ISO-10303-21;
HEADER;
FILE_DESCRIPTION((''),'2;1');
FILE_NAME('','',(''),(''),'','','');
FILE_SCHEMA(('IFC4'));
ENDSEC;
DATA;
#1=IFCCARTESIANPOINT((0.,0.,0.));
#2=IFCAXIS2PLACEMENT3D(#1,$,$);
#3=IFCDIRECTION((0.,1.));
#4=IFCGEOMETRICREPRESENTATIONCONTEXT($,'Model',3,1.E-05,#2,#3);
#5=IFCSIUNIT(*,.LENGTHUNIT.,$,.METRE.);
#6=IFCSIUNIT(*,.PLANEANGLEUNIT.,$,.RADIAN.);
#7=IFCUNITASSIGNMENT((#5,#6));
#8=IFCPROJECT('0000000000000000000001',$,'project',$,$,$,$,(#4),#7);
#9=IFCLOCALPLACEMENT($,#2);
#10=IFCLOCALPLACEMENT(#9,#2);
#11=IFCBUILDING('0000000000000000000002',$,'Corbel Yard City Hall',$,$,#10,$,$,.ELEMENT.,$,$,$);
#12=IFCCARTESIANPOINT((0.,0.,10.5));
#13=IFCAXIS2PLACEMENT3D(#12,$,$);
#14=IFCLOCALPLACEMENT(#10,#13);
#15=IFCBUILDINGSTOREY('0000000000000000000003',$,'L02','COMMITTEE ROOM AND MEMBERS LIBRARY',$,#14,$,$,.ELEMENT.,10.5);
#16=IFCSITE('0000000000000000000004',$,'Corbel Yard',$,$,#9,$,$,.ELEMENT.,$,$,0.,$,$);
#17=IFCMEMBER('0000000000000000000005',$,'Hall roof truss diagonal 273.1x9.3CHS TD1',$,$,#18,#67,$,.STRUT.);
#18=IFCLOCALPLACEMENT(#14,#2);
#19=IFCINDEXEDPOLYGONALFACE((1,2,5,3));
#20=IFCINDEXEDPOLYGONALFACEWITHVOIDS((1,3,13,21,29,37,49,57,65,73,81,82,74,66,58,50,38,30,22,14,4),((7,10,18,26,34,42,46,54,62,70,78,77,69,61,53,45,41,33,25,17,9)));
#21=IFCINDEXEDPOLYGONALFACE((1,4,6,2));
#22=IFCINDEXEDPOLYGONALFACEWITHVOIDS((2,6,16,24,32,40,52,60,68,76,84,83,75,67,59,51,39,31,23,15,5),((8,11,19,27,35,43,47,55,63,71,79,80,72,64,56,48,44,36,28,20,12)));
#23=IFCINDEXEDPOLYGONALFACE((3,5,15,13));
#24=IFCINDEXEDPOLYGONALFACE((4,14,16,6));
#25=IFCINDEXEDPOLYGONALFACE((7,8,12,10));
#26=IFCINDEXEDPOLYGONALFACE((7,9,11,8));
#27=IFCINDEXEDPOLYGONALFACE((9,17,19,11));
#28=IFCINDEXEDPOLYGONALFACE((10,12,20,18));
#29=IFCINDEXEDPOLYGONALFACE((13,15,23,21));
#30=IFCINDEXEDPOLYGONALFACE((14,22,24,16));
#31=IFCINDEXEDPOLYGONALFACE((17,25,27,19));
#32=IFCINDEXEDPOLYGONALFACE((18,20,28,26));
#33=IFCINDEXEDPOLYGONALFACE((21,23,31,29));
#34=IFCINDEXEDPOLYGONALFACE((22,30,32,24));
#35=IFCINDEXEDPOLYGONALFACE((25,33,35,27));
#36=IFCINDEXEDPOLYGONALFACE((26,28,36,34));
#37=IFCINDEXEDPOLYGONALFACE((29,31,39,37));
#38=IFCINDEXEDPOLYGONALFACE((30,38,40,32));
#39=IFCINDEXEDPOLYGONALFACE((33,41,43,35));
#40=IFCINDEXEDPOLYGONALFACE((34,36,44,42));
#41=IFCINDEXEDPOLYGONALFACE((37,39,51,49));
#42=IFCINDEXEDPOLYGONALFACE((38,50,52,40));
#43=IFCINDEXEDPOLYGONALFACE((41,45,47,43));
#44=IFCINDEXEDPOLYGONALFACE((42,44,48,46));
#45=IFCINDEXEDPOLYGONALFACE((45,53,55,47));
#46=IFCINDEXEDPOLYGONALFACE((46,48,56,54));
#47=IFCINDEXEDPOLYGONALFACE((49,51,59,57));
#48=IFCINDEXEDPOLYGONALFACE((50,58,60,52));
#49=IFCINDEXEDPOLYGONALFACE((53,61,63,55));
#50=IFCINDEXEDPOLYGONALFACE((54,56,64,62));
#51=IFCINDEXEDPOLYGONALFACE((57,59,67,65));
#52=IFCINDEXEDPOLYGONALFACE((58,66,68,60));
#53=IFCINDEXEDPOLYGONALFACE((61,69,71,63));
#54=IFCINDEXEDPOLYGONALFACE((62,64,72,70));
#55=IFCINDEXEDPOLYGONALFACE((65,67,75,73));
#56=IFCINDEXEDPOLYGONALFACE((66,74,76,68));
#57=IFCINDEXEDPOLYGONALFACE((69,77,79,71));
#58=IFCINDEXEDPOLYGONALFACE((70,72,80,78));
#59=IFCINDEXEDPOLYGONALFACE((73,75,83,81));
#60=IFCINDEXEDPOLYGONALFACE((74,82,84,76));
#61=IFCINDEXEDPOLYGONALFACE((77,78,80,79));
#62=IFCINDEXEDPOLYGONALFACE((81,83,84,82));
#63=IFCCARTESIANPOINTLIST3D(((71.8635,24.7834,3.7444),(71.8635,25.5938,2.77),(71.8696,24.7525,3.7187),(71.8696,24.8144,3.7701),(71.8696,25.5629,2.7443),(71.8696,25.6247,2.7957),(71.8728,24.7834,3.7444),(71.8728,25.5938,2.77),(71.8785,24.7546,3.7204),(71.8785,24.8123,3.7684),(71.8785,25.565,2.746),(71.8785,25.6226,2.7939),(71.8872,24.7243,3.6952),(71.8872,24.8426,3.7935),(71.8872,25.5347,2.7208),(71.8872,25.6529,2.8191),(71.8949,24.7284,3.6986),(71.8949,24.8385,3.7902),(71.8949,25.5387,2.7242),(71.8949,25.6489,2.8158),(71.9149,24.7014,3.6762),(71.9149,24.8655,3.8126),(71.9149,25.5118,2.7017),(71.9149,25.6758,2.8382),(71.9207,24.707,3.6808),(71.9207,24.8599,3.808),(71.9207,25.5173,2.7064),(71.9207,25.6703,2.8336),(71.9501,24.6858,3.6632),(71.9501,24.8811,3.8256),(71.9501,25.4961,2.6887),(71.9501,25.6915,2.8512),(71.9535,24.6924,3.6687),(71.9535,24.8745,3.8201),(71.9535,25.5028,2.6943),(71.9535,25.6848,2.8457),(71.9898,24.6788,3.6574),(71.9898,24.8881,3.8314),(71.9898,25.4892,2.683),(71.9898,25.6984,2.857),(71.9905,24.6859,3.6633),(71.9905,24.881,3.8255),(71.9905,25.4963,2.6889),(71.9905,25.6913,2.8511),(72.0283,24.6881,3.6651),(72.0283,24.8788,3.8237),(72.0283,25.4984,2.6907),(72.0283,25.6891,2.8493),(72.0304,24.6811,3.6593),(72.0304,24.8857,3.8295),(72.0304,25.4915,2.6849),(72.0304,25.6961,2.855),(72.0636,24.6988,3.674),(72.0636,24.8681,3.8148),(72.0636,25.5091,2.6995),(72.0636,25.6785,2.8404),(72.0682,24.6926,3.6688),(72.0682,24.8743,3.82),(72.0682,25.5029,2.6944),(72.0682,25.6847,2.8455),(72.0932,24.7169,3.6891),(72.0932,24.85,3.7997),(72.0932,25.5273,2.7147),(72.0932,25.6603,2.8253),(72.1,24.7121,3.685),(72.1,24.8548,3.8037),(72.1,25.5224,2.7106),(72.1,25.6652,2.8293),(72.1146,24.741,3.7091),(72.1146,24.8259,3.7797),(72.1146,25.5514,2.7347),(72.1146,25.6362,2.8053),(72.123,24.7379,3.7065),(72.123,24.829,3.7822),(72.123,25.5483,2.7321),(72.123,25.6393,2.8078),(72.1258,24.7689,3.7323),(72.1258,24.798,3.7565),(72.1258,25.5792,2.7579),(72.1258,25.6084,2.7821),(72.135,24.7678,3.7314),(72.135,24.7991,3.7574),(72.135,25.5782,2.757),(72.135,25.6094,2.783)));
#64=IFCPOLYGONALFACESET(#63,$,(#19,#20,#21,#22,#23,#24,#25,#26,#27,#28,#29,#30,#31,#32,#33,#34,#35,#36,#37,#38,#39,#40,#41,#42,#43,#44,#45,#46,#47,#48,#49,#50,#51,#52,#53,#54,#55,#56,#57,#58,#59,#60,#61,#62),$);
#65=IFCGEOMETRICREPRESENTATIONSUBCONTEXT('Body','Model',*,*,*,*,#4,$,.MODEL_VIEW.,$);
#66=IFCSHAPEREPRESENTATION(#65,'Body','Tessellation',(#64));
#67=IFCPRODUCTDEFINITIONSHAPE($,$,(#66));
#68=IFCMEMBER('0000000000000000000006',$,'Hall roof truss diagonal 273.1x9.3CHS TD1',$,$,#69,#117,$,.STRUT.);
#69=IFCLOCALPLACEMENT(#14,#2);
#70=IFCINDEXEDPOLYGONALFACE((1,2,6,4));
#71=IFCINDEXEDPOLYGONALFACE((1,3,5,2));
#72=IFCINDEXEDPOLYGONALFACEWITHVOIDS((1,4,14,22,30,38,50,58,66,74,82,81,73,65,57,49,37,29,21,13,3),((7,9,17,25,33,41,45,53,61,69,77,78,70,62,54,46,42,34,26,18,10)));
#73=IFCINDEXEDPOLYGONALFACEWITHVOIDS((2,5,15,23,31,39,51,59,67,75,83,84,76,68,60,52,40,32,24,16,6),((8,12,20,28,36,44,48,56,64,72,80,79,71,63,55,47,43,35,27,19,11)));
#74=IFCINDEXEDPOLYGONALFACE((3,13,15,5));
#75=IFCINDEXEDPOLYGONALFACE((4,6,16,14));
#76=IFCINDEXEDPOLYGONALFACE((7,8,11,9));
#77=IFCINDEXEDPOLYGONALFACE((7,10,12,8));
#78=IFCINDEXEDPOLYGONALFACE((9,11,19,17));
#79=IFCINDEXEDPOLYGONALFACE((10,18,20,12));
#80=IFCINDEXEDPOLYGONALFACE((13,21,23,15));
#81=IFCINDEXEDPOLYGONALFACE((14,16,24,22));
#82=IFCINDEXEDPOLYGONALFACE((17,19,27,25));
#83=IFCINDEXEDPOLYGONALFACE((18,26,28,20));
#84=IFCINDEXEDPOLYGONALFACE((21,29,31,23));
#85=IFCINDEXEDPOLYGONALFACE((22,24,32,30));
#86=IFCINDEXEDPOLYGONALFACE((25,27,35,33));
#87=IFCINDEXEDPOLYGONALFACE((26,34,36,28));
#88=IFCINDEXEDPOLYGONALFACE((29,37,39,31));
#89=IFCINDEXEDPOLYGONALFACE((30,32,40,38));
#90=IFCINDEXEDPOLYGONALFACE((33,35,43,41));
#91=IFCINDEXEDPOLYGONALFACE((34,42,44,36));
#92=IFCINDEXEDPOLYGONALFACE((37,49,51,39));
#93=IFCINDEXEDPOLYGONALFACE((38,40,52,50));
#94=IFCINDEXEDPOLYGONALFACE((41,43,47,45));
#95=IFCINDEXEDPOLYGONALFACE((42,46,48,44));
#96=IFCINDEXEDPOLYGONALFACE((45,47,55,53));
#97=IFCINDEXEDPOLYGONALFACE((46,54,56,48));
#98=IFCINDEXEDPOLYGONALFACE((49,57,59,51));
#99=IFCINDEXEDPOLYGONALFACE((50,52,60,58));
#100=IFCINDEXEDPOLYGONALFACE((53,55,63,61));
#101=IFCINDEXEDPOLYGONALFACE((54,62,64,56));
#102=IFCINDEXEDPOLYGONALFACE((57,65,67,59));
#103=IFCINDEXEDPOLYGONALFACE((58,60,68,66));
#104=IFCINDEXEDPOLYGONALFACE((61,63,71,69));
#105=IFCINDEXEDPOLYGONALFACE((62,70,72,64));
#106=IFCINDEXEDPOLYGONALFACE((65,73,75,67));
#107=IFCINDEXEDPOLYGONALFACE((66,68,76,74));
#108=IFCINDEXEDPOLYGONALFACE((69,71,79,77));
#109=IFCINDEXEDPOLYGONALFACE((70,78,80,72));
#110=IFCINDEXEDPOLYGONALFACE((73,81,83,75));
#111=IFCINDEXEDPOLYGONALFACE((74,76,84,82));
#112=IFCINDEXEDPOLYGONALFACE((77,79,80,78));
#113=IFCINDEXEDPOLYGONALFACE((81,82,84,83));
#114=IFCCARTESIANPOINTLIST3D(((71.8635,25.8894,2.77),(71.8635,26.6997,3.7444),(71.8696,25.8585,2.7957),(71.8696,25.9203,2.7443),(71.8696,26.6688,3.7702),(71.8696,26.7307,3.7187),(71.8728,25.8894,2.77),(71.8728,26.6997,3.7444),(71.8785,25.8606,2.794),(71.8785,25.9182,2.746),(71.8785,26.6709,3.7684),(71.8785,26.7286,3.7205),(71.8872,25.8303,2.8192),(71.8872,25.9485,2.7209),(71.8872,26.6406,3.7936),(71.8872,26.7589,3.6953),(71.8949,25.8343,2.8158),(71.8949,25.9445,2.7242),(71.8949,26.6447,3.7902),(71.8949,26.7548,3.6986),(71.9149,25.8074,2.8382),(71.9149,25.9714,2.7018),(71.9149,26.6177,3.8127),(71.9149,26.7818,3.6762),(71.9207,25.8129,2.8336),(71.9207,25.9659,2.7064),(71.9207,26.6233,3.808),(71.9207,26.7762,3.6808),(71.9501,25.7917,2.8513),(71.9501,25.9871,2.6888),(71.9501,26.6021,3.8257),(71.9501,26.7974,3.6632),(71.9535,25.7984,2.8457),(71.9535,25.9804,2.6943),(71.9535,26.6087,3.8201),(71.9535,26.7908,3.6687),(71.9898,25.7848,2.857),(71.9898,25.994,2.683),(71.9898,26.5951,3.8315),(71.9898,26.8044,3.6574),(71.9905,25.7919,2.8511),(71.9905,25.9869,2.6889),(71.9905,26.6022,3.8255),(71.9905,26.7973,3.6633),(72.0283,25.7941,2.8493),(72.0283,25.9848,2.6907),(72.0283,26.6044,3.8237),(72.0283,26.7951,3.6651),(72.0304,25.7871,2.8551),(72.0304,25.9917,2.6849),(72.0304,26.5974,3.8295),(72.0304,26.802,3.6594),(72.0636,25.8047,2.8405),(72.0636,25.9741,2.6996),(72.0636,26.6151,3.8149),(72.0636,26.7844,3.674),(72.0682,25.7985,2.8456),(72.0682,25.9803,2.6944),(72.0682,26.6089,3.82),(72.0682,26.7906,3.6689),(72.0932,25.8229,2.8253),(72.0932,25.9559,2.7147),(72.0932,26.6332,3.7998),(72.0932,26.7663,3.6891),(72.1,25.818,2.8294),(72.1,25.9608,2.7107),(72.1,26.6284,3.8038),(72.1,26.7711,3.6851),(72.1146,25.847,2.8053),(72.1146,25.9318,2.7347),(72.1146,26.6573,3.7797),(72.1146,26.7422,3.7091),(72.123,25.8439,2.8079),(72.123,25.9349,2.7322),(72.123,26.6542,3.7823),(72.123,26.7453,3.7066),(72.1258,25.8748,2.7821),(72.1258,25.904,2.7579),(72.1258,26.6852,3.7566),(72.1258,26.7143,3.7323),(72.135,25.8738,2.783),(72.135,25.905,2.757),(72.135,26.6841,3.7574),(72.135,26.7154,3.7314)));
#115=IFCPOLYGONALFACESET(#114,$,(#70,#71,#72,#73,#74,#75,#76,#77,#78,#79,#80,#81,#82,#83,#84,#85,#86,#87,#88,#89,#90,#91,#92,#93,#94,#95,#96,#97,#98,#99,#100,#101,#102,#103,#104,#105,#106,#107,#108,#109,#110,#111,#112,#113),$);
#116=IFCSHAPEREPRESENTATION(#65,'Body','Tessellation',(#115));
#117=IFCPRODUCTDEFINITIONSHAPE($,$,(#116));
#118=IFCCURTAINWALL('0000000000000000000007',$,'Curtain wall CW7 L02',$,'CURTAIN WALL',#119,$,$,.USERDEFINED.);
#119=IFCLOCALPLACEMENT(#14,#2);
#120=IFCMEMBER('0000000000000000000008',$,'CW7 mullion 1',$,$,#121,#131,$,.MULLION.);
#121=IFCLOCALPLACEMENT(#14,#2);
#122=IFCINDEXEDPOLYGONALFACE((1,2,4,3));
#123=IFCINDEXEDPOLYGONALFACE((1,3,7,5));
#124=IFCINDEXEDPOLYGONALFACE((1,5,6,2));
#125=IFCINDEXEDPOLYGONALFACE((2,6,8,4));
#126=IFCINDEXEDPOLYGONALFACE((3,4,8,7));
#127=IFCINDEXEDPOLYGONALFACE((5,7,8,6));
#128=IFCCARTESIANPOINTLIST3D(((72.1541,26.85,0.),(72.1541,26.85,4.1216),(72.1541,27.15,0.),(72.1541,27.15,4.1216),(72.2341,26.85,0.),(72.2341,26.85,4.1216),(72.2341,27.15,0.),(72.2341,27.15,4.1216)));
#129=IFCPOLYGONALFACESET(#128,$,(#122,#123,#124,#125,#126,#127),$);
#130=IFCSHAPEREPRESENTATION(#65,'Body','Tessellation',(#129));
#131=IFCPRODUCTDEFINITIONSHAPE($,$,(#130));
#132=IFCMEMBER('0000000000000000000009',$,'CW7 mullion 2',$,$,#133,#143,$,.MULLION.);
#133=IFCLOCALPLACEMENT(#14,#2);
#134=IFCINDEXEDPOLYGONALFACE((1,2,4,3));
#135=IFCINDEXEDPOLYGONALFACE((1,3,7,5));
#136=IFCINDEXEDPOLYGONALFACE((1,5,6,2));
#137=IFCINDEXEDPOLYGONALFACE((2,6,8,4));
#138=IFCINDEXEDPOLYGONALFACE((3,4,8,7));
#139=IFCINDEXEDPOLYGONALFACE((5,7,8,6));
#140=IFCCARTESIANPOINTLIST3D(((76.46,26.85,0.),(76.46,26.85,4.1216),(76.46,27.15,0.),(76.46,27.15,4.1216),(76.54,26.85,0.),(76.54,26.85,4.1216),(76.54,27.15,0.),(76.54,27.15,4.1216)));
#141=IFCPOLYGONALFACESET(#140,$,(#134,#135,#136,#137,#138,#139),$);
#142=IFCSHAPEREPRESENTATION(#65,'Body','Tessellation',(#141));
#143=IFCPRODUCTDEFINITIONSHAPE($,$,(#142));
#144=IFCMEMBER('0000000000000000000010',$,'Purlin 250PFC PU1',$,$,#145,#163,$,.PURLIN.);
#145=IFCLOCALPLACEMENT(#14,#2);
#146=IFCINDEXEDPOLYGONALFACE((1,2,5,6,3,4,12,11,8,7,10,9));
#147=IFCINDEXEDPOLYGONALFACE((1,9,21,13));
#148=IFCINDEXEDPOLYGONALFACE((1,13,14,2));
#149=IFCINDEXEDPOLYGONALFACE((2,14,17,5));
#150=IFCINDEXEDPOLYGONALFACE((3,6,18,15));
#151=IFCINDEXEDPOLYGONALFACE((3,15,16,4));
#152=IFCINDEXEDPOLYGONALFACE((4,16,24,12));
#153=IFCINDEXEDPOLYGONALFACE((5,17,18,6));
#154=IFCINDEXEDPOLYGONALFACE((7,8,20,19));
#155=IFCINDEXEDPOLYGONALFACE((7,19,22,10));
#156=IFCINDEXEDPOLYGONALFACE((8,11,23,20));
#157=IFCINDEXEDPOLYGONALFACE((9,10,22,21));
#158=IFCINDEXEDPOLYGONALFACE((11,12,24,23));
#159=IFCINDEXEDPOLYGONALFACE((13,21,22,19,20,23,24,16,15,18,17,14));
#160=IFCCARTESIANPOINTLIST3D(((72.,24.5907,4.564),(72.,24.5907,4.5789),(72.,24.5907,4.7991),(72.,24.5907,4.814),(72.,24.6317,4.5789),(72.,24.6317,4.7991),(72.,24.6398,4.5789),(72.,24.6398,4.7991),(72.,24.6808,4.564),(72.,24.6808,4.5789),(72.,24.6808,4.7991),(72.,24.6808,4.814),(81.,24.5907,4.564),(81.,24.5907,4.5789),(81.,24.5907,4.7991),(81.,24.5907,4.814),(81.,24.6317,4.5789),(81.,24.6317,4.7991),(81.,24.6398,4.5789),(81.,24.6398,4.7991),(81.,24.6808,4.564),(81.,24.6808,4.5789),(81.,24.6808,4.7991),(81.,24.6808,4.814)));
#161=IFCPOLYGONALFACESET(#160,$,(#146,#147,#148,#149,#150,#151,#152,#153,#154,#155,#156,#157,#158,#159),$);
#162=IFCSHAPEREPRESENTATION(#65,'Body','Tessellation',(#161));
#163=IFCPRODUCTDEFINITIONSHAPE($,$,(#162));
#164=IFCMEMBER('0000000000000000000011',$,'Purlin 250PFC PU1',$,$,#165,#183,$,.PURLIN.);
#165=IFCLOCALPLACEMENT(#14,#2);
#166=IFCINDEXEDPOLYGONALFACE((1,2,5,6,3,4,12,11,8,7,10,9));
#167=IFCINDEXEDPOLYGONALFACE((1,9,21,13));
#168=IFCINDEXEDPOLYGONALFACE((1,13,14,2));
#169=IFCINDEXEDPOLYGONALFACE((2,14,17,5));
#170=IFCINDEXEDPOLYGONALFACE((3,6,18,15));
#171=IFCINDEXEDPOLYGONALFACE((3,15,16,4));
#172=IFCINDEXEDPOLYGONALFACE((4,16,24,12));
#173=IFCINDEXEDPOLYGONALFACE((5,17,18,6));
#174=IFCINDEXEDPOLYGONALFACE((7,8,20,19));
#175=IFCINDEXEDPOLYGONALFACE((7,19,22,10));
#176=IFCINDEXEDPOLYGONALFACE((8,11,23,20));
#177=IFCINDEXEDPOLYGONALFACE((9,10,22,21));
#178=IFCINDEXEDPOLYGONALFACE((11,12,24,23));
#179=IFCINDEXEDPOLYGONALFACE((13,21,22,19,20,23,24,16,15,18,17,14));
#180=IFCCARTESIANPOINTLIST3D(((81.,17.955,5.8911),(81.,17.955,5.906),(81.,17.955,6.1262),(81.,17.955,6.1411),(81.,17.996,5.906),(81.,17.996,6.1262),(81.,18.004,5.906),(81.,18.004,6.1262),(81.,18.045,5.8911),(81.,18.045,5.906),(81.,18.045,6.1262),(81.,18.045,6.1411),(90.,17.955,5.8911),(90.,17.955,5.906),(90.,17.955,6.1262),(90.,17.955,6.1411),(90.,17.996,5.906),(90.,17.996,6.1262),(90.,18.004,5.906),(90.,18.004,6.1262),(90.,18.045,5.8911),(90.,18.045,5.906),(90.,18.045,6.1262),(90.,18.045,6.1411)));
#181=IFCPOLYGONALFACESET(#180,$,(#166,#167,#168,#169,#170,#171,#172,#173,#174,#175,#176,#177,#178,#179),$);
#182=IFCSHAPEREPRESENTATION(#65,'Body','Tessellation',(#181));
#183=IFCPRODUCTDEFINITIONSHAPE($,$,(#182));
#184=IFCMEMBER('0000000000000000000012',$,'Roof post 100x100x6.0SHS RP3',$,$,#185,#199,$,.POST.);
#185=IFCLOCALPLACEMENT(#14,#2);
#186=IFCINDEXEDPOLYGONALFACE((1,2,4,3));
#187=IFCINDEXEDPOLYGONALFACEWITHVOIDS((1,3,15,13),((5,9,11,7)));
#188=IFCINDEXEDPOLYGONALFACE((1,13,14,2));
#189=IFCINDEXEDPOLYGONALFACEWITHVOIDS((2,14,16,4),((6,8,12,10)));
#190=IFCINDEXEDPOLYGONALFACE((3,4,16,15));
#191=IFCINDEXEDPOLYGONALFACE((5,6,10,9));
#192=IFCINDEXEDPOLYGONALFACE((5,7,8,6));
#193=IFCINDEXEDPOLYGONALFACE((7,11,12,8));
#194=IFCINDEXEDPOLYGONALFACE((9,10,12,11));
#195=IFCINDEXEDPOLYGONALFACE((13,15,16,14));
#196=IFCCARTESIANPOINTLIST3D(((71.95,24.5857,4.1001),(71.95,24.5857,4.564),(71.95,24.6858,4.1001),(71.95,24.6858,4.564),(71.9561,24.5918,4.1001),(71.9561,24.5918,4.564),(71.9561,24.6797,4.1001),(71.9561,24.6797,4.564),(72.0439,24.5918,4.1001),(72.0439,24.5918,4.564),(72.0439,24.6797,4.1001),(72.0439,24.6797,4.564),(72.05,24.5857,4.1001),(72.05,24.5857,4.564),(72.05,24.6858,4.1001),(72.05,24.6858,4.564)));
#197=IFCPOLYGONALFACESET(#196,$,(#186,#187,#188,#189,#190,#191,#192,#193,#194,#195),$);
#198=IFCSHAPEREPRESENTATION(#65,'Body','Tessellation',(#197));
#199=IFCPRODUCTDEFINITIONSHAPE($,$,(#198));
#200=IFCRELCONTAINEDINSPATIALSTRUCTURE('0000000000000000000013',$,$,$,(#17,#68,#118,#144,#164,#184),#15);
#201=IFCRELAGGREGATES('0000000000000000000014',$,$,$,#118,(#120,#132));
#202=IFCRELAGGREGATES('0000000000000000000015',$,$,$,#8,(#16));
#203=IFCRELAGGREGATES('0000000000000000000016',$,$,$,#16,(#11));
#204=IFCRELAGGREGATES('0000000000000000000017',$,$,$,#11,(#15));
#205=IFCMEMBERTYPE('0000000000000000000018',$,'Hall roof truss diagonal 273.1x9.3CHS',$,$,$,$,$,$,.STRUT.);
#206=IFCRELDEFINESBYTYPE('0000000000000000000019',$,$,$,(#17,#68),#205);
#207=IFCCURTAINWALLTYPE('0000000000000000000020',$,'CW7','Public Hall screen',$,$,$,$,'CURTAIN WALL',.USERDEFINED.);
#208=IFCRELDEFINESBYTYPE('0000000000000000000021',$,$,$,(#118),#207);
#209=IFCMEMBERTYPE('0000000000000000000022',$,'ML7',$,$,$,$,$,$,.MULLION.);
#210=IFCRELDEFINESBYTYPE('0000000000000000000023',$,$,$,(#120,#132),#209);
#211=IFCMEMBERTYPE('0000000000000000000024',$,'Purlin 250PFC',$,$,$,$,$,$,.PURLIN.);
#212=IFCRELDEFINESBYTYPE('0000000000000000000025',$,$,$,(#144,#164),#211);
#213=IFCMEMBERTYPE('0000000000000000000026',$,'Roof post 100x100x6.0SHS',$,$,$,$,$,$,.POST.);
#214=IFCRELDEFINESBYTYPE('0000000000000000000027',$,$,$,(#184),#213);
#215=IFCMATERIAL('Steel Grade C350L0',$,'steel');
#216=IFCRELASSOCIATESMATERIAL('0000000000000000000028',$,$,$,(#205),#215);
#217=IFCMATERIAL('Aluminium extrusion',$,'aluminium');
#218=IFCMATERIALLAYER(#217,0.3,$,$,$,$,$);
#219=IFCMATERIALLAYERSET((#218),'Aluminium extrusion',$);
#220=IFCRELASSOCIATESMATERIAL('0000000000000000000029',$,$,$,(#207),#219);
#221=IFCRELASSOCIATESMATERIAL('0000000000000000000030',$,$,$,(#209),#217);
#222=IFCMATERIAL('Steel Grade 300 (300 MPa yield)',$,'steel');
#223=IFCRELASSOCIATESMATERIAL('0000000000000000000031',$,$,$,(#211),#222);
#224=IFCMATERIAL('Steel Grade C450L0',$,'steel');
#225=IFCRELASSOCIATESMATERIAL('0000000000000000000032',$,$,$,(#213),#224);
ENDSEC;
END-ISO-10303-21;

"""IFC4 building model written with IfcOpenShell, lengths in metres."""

from ifc_helpers import new_model, si_unit, direction, frame, origin, origin_2d, place, context, subcontext, project, spatial, rectangle, hollow_rectangle, hollow_circle, i_section, extrude, material, layer, layer_set, material_profile, profile_set, type_object, element, aggregate, save


model = new_model("IFC4")

# Units and contexts
model_context = context("Model", 3, precision=1e-05, world=origin(), true_north=direction((0.0, 1.0)))
body_context = subcontext(model_context, "Body", "Model", "MODEL_VIEW")
ifc_project = project(units=[si_unit("LENGTHUNIT", "METRE"), si_unit("PLANEANGLEUNIT", "RADIAN")], contexts=[model_context])

# Site, building, storey
site_placement = place(None, origin())
site = spatial("IfcSite", under=ifc_project, at=site_placement, Name="Corbel Yard", CompositionType="ELEMENT", RefElevation=0.0)
building_placement = place(site_placement, origin())
building = spatial("IfcBuilding", under=site, at=building_placement, Name="Corbel Yard City Hall", CompositionType="ELEMENT")
storey_placement = place(building_placement, frame((0.0, 0.0, 10.5)))
storey = spatial("IfcBuildingStorey", under=building, at=storey_placement, Name="L02", Description="COMMITTEE ROOM AND MEMBERS LIBRARY", CompositionType="ELEMENT", Elevation=10.5)

# Shared definitions
ifc_material_1 = material(Name="Steel Grade 300 (300 MPa yield)", Category="steel")

# Members
ifc_material_2 = material(Name="Steel Grade C350L0", Category="steel")
ifc_material_profile_1 = material_profile(ifc_material_2, hollow_circle(Radius=0.1365, WallThickness=0.0093, at=origin_2d()), Name="273.1x9.3CHS")
ifc_profile_set_1 = profile_set([ifc_material_profile_1], Name="Steel Grade C350L0")
member_type_1 = type_object("IfcMemberType", Name="Hall roof truss diagonal 273.1x9.3CHS", PredefinedType="STRUT", material=ifc_profile_set_1)
for number, where, z_axis, x_axis, name in (
    (1, (72.0, 24.7834, 3.7444), (0.0, 0.639407, -0.768868), (-1.0, 0.0, 0.0), "Hall roof truss diagonal 273.1x9.3CHS TD1"),
    (2, (72.0, 25.8894, 2.77), (0.0, 0.639407, 0.768868), (-1.0, 0.0, 0.0), "Hall roof truss diagonal 273.1x9.3CHS TD1"),
):
    element("IfcMember", number, at=place(storey_placement, frame(where, z_axis=z_axis, x_axis=x_axis)), inside=storey, type_object=member_type_1, Name=name, PredefinedType="STRUT", context=body_context, shape_type="SweptSolid", body=[
        extrude(hollow_circle(Radius=0.1365, WallThickness=0.0093, at=origin_2d()), origin(), (0.0, 0.0, 1.0), 1.2673),
    ])

# Curtain wall, members
ifc_material_3 = material(Name="Aluminium extrusion", Category="aluminium")
ifc_layer_1 = layer(ifc_material_3, 0.3)
ifc_layer_set_1 = layer_set([ifc_layer_1], Name="Aluminium extrusion")
curtain_wall_type = type_object("IfcCurtainWallType", Name="CW7", Description="Public Hall screen", ElementType="CURTAIN WALL", PredefinedType="USERDEFINED", material=ifc_layer_set_1)
curtain_wall_placement = place(storey_placement, origin())
curtain_wall = element("IfcCurtainWall", 3, at=curtain_wall_placement, inside=storey, type_object=curtain_wall_type, Name="Curtain wall CW7 L02", ObjectType="CURTAIN WALL", PredefinedType="USERDEFINED")
ifc_material_profile_2 = material_profile(ifc_material_3, rectangle(XDim=0.3, YDim=0.0801, at=origin_2d()), Name="300x80")
ifc_profile_set_2 = profile_set([ifc_material_profile_2], Name="Aluminium extrusion")
member_type_2 = type_object("IfcMemberType", Name="ML7", PredefinedType="MULLION", material=ifc_profile_set_2)
member_1_placement = place(storey_placement, frame((72.1941, 27.0, 0.0), z_axis=(0.0, 0.0, 1.0), x_axis=(0.0, 1.0, 0.0)))
member_1 = element("IfcMember", 4, at=member_1_placement, type_object=member_type_2, Name="CW7 mullion 1", PredefinedType="MULLION", context=body_context, shape_type="SweptSolid", body=[
    extrude(rectangle(XDim=0.3, YDim=0.0801, at=origin_2d()), origin(), (0.0, 0.0, 1.0), 4.1216),
])
member_2_placement = place(storey_placement, frame((76.5, 27.0, 0.0), z_axis=(0.0, 0.0, 1.0), x_axis=(0.0, 1.0, 0.0)))
member_2 = element("IfcMember", 5, at=member_2_placement, type_object=member_type_2, Name="CW7 mullion 2", PredefinedType="MULLION", context=body_context, shape_type="SweptSolid", body=[
    extrude(rectangle(XDim=0.3, YDim=0.0801, at=origin_2d()), origin(), (0.0, 0.0, 1.0), 4.1216),
])

# Members
ifc_material_profile_3 = material_profile(ifc_material_1, i_section(OverallWidth=0.0901, OverallDepth=0.25, WebThickness=0.0081, FlangeThickness=0.0149, at=origin_2d()), Name="250PFC")
ifc_profile_set_3 = profile_set([ifc_material_profile_3], Name="Steel Grade 300 (300 MPa yield)")
member_type_3 = type_object("IfcMemberType", Name="Purlin 250PFC", PredefinedType="PURLIN", material=ifc_profile_set_3)
for number, where, z_axis, x_axis, name in (
    (6, (72.0, 24.6357, 4.689), (1.0, 0.0, 0.0), (0.0, 1.0, 0.0), "Purlin 250PFC PU1"),
    (7, (81.0, 18.0, 6.0161), (1.0, 0.0, 0.0), (0.0, 1.0, 0.0), "Purlin 250PFC PU1"),
):
    element("IfcMember", number, at=place(storey_placement, frame(where, z_axis=z_axis, x_axis=x_axis)), inside=storey, type_object=member_type_3, Name=name, PredefinedType="PURLIN", context=body_context, shape_type="SweptSolid", body=[
        extrude(i_section(OverallWidth=0.0901, OverallDepth=0.25, WebThickness=0.0081, FlangeThickness=0.0149, at=origin_2d()), origin(), (0.0, 0.0, 1.0), 9.0),
    ])
ifc_material_4 = material(Name="Steel Grade C450L0", Category="steel")
ifc_material_profile_4 = material_profile(ifc_material_4, hollow_rectangle(XDim=0.1001, YDim=0.1001, WallThickness=0.0061, at=origin_2d()), Name="100x100x6.0SHS")
ifc_profile_set_4 = profile_set([ifc_material_profile_4], Name="Steel Grade C450L0")
member_type_4 = type_object("IfcMemberType", Name="Roof post 100x100x6.0SHS", PredefinedType="POST", material=ifc_profile_set_4)
member_3_placement = place(storey_placement, frame((72.0, 24.6357, 4.1001), z_axis=(0.0, 0.0, 1.0), x_axis=(1.0, 0.0, 0.0)))
element("IfcMember", 8, at=member_3_placement, inside=storey, type_object=member_type_4, Name="Roof post 100x100x6.0SHS RP3", PredefinedType="POST", context=body_context, shape_type="SweptSolid", body=[
    extrude(hollow_rectangle(XDim=0.1001, YDim=0.1001, WallThickness=0.0061, at=origin_2d()), origin(), (0.0, 0.0, 1.0), 0.4639),
])

aggregate(curtain_wall, [member_1, member_2])

save(model, "model.ifc")
